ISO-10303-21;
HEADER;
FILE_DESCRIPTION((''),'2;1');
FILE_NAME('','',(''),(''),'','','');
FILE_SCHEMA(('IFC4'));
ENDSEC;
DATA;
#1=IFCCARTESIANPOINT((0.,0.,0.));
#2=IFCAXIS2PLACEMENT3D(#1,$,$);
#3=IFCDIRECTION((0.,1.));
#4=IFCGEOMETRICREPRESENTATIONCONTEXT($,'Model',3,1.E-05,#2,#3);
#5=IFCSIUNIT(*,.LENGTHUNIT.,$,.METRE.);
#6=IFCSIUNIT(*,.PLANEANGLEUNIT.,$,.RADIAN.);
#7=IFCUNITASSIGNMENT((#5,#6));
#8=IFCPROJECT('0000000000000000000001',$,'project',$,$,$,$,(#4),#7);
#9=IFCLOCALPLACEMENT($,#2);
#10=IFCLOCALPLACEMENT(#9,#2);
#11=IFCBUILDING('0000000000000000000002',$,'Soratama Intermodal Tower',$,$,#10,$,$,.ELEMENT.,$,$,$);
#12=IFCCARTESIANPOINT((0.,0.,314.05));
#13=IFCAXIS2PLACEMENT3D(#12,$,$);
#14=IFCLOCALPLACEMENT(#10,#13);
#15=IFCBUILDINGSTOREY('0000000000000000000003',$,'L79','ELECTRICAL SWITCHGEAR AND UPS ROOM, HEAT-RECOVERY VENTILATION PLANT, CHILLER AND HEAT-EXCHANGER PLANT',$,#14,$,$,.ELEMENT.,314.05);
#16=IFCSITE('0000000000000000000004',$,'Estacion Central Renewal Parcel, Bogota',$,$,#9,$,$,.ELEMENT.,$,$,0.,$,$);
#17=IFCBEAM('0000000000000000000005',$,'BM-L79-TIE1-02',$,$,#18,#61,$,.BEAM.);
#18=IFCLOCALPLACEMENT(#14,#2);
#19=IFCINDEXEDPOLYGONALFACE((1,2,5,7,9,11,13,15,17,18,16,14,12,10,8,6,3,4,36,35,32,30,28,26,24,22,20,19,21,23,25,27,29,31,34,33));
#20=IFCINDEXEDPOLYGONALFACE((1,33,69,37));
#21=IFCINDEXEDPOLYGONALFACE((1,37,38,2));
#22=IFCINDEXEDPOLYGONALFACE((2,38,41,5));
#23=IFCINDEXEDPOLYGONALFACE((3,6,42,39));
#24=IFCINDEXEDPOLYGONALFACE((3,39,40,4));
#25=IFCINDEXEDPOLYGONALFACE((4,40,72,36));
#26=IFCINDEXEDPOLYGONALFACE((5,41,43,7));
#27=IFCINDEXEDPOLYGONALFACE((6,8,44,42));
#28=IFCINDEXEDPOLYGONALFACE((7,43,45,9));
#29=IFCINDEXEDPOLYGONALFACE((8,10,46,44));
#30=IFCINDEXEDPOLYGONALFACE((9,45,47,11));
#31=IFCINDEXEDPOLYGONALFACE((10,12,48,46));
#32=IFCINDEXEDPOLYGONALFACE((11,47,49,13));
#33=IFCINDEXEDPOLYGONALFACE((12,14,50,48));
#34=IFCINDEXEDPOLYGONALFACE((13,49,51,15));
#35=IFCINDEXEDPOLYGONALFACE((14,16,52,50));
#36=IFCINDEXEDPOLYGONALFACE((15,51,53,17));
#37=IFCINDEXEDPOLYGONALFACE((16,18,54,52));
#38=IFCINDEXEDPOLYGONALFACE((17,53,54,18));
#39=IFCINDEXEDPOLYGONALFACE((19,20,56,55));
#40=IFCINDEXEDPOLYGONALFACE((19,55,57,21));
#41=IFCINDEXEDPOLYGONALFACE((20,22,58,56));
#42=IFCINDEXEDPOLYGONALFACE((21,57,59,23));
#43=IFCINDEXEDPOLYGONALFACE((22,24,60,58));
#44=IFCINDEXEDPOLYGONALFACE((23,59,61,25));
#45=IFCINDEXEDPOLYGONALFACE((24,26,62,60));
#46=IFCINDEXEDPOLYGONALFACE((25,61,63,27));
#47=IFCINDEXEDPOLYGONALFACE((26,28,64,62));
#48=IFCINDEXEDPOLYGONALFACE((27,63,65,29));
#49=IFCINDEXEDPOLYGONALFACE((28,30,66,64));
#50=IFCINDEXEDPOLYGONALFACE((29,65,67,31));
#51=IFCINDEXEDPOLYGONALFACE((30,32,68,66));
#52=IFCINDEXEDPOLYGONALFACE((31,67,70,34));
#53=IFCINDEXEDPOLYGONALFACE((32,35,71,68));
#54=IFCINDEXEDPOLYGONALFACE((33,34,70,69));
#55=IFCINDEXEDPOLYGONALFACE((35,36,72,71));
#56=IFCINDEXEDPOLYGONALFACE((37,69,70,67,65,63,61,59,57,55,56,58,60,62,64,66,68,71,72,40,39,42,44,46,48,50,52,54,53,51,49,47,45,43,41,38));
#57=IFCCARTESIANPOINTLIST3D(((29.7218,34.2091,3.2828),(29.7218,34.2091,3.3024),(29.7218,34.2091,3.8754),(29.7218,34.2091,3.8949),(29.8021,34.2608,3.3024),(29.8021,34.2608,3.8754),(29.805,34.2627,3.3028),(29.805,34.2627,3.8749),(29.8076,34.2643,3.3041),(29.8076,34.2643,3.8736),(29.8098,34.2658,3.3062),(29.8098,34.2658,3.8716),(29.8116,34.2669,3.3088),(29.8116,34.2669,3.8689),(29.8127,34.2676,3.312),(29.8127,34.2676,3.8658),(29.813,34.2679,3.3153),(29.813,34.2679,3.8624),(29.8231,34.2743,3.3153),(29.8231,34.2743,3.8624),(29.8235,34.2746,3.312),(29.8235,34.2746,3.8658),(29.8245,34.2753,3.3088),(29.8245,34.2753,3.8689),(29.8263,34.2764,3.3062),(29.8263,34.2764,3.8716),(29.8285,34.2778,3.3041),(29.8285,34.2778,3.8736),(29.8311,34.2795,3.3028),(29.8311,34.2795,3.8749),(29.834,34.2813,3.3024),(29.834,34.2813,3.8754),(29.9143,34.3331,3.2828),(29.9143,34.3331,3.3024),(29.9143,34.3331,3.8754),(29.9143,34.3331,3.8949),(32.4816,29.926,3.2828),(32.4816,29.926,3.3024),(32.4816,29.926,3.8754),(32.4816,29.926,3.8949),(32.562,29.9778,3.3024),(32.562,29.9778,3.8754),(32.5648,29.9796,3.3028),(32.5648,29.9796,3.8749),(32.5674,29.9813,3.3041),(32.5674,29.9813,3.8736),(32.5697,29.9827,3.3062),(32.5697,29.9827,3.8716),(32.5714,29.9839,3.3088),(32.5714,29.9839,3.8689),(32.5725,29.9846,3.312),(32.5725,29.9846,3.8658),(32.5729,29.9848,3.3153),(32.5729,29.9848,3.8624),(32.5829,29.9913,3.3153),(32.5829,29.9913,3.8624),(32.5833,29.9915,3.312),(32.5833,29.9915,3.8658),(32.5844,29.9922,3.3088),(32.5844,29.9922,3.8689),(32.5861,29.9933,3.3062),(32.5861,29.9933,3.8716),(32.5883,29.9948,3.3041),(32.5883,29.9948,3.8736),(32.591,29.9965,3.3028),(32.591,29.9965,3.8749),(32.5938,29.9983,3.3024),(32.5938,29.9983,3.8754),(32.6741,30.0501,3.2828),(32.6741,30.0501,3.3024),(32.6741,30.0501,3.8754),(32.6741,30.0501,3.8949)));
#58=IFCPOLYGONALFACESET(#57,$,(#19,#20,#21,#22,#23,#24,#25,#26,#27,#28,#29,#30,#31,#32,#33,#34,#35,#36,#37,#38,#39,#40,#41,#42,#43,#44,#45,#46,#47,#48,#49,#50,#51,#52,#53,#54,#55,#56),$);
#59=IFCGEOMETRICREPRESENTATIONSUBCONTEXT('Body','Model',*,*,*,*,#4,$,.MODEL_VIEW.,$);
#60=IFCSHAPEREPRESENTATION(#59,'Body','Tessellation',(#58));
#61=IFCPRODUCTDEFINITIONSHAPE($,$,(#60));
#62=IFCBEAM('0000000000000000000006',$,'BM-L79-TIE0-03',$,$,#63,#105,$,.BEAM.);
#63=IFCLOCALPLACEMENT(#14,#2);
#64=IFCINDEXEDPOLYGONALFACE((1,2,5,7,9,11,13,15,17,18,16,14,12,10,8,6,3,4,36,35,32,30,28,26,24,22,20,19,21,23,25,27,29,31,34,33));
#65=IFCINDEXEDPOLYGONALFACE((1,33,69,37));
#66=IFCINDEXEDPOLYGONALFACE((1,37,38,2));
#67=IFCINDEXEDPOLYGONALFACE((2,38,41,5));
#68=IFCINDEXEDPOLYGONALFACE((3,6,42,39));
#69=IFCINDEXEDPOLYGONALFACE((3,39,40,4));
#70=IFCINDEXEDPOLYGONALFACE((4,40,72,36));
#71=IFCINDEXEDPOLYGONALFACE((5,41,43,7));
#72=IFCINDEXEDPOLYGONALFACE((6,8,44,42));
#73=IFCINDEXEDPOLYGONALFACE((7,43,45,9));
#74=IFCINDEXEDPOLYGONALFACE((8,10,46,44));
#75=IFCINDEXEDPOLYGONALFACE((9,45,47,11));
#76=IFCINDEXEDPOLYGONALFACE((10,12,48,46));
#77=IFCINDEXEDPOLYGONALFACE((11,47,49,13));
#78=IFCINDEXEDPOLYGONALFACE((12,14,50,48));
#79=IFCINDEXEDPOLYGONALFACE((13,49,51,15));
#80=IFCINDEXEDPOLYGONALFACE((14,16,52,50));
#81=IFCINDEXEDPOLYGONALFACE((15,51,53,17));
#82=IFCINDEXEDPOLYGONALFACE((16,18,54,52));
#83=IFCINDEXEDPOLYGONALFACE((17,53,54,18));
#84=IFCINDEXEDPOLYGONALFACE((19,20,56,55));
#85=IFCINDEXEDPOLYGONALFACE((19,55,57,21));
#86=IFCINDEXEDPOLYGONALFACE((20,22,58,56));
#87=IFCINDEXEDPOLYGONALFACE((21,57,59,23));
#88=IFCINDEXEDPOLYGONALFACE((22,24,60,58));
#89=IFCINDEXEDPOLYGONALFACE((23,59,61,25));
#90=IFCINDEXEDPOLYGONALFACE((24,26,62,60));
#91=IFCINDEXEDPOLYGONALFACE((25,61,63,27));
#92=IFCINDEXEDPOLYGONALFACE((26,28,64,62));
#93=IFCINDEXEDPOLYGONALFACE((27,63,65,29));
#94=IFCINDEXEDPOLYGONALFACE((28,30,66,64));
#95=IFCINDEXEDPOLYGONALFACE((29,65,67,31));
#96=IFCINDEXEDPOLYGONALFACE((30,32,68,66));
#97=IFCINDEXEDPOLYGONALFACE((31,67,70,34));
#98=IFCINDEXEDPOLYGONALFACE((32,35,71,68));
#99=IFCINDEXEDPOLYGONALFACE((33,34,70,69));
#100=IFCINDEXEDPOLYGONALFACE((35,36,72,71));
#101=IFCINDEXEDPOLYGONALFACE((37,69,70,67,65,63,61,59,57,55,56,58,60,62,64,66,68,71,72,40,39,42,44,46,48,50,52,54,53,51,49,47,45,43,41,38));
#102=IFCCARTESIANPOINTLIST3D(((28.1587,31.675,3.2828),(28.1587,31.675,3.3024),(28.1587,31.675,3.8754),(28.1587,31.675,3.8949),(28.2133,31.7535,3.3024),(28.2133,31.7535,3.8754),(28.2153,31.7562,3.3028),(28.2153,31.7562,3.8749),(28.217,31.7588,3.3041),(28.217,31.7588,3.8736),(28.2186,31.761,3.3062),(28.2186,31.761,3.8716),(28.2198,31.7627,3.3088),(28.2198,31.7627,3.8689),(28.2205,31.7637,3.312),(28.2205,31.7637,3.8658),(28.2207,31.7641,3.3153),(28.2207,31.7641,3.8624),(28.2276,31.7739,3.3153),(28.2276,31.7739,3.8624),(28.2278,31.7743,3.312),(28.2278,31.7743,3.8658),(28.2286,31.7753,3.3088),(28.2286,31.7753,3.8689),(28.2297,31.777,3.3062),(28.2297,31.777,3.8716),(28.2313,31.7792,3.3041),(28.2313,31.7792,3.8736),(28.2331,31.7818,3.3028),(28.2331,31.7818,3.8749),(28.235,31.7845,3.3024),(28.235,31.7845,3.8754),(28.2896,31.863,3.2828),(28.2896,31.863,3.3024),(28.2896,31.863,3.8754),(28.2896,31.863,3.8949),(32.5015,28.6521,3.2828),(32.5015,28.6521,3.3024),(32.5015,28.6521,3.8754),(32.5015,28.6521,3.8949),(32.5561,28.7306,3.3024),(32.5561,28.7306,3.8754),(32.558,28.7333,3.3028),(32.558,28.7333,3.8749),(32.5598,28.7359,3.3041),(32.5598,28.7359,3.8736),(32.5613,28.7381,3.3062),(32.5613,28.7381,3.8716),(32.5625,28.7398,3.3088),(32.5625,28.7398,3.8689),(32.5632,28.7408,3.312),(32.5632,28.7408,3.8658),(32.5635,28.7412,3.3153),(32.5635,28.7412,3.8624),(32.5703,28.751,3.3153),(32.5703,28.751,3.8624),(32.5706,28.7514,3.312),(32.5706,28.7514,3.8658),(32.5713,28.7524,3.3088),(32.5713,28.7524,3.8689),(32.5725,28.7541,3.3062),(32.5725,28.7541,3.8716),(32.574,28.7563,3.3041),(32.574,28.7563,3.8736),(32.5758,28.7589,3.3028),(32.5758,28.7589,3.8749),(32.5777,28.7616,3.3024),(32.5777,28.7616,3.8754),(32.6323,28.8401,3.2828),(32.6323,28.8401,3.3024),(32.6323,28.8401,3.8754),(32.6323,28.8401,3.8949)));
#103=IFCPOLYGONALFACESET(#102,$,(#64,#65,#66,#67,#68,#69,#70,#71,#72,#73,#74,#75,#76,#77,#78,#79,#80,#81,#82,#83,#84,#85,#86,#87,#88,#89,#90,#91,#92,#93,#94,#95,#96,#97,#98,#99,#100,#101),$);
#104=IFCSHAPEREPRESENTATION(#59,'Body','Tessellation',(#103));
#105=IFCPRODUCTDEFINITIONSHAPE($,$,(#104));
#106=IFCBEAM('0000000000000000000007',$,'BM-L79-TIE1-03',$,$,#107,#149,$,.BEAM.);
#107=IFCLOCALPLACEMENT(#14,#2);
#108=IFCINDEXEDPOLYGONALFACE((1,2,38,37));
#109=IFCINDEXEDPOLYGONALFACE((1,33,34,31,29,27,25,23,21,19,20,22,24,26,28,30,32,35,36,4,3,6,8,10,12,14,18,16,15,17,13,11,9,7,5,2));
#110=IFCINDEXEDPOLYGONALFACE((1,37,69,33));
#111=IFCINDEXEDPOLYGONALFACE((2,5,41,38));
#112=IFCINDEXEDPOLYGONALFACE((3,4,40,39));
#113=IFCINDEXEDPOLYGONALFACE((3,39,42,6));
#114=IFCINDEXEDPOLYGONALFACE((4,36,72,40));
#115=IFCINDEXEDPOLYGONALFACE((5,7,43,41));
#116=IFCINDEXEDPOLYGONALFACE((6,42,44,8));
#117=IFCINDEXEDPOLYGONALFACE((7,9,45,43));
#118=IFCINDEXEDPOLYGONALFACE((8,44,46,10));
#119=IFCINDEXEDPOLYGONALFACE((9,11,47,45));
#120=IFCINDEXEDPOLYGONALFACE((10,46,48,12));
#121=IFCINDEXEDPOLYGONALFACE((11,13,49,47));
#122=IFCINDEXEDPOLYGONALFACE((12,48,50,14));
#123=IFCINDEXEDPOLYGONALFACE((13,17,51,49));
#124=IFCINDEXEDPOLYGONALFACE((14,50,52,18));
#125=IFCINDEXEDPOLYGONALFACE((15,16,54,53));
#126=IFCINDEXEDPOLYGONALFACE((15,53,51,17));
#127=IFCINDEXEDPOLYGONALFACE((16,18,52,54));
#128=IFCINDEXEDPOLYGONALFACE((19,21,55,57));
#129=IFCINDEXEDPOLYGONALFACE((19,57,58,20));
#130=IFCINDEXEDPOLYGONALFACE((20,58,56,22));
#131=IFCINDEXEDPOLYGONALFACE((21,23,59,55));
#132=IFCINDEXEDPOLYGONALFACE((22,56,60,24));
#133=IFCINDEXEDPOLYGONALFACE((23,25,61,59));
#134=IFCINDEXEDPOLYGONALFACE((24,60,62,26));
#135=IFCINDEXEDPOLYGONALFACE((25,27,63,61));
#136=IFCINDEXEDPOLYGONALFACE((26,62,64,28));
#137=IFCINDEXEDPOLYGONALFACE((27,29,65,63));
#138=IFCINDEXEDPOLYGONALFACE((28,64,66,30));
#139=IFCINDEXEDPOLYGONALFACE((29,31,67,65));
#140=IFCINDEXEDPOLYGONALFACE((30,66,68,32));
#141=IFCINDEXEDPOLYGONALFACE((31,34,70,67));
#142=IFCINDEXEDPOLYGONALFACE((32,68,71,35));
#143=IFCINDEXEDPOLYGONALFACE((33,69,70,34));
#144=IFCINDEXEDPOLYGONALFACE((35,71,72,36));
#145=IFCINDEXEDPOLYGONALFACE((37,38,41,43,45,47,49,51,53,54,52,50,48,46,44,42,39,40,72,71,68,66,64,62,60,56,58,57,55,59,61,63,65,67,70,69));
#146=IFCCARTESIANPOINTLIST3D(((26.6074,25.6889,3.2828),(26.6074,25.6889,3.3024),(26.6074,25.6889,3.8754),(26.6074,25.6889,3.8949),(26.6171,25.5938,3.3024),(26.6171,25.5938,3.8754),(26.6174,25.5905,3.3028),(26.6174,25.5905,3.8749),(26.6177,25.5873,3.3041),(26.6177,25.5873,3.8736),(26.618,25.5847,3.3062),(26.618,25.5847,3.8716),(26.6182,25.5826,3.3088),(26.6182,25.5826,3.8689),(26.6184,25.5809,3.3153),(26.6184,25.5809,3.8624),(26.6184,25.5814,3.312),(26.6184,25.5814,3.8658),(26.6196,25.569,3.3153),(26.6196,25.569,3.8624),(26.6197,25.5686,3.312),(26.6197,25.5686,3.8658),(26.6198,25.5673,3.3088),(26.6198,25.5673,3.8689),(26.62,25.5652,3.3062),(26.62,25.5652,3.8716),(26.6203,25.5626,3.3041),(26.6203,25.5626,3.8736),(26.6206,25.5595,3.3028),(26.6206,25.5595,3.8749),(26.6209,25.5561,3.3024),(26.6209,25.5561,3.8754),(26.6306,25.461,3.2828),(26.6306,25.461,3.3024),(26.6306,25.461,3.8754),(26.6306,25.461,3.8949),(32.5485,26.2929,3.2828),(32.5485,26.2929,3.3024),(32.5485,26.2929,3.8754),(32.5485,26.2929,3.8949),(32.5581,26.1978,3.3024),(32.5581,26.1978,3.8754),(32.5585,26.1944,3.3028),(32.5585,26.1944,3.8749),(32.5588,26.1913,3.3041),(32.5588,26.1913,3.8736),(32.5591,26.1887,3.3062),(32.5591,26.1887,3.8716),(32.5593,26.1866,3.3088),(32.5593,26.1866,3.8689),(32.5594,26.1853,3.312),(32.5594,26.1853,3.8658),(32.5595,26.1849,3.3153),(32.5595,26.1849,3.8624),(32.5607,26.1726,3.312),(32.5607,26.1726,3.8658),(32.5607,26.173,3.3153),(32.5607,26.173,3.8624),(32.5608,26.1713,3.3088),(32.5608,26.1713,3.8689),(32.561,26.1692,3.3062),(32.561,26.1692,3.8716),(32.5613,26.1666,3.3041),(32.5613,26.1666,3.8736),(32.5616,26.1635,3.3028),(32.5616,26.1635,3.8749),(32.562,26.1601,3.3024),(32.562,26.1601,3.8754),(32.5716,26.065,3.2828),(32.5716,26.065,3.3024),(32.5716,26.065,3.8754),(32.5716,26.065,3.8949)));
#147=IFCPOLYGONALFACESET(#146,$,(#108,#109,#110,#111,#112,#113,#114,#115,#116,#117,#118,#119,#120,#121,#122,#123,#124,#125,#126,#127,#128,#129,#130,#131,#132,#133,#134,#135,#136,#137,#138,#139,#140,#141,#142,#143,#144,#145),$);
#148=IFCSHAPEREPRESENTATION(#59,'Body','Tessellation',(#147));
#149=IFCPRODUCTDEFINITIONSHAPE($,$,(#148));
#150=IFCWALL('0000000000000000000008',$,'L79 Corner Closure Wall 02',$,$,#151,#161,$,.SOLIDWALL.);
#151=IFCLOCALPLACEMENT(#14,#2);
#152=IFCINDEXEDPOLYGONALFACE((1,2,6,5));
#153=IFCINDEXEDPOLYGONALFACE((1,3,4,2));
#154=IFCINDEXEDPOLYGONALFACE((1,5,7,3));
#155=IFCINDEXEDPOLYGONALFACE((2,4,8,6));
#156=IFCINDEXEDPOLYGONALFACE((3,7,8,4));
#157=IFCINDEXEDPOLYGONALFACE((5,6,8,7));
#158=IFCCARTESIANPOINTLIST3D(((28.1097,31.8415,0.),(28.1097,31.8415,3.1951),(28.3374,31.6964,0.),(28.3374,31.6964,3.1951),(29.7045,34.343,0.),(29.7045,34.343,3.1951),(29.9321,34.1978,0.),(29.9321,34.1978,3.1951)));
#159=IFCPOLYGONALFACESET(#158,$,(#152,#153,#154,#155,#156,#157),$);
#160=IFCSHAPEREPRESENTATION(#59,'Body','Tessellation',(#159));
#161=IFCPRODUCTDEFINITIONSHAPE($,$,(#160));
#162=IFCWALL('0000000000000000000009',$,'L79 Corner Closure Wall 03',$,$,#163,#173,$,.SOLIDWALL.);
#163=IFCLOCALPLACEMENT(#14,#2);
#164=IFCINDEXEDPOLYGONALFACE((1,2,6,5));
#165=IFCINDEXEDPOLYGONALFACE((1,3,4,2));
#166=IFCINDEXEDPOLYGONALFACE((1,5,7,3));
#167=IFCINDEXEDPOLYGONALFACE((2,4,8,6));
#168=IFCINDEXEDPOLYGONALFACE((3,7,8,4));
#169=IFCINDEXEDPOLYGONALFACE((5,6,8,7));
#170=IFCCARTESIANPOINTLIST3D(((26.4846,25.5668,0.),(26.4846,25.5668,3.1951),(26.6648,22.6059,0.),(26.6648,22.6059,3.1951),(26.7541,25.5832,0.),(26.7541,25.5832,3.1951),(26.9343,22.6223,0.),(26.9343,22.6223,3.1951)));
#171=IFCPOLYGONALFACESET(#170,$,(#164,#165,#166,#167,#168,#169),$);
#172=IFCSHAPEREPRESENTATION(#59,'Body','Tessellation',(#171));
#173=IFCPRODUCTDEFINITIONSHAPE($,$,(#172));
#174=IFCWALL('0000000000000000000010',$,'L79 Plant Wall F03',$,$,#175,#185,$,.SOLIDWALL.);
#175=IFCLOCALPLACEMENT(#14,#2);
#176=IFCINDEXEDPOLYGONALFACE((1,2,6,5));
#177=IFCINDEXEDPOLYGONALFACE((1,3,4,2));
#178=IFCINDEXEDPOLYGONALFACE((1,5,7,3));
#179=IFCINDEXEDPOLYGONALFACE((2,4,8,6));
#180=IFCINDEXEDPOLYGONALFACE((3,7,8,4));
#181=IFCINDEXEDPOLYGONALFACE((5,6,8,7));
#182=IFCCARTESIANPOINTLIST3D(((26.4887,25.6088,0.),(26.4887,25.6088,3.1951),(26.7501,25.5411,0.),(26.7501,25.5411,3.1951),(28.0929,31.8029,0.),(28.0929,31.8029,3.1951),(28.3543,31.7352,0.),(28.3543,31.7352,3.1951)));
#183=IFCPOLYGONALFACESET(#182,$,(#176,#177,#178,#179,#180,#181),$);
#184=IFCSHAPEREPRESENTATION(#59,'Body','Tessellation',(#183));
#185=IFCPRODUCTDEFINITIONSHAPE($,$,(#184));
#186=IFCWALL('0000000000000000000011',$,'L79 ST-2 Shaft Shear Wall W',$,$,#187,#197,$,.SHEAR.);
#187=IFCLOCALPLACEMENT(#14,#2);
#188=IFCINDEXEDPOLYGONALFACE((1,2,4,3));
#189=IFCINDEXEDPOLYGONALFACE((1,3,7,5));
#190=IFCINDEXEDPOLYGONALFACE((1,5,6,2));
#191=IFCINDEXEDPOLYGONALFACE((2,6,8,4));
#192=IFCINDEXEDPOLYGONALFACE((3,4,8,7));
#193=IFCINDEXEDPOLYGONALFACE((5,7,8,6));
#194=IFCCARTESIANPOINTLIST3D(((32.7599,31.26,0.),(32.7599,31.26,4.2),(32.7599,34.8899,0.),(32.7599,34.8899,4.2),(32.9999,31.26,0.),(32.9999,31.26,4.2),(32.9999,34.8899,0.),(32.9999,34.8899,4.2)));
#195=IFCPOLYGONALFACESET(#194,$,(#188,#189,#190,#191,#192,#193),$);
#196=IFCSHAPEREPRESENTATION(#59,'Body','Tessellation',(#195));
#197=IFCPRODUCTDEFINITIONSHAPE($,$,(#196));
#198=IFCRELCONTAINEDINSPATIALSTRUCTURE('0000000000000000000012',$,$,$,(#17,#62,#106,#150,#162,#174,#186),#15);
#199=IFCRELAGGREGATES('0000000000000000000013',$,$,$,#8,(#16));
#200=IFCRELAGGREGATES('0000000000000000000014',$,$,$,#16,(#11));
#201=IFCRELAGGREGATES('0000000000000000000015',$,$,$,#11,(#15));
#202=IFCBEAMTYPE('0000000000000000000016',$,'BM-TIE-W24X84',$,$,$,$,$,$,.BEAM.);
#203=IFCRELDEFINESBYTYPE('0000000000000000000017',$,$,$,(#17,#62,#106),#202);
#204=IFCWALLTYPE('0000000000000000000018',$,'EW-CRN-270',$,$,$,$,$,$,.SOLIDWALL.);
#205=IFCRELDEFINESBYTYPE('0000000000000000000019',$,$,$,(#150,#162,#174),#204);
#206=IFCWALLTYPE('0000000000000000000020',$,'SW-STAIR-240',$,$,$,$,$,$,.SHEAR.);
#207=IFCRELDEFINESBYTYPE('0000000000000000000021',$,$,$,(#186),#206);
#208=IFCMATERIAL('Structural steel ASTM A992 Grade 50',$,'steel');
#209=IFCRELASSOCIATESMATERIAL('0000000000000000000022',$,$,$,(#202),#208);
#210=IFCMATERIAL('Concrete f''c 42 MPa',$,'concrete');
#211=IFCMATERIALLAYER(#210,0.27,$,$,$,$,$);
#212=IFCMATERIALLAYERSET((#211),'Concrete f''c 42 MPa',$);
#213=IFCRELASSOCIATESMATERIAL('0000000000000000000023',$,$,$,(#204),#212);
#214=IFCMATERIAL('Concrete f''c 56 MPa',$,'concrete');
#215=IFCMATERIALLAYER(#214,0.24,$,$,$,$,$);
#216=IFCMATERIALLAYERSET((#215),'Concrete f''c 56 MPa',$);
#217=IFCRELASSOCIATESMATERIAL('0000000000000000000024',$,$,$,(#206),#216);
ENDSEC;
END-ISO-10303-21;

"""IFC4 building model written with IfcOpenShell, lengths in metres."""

from ifc_helpers import new_model, si_unit, direction, frame, frame_2d, origin, origin_2d, place, context, subcontext, project, spatial, rectangle, i_section, extrude, material, layer, layer_set, material_profile, profile_set, type_object, element, save


model = new_model("IFC4")

# Units and contexts
model_context = context("Model", 3, precision=1e-05, world=origin(), true_north=direction((0.0, 1.0)))
body_context = subcontext(model_context, "Body", "Model", "MODEL_VIEW")
ifc_project = project(units=[si_unit("LENGTHUNIT", "METRE"), si_unit("PLANEANGLEUNIT", "RADIAN")], contexts=[model_context])

# Site, building, storey
site_placement = place(None, origin())
site = spatial("IfcSite", under=ifc_project, at=site_placement, Name="Estacion Central Renewal Parcel, Bogota", CompositionType="ELEMENT", RefElevation=0.0)
building_placement = place(site_placement, origin())
building = spatial("IfcBuilding", under=site, at=building_placement, Name="Soratama Intermodal Tower", CompositionType="ELEMENT")
storey_placement = place(building_placement, frame((0.0, 0.0, 314.05)))
storey = spatial("IfcBuildingStorey", under=building, at=storey_placement, Name="L79", Description="ELECTRICAL SWITCHGEAR AND UPS ROOM, HEAT-RECOVERY VENTILATION PLANT, CHILLER AND HEAT-EXCHANGER PLANT", CompositionType="ELEMENT", Elevation=314.05)

# Beams
ifc_material_1 = material(Name="Structural steel ASTM A992 Grade 50", Category="steel")
ifc_material_profile_1 = material_profile(ifc_material_1, i_section(OverallWidth=0.229, OverallDepth=0.6121, WebThickness=0.012, FlangeThickness=0.0195, FilletRadius=0.0129, at=origin_2d()), Name="W24X84")
ifc_profile_set_1 = profile_set([ifc_material_profile_1], Name="Structural steel ASTM A992 Grade 50")
beam_type_1 = type_object("IfcBeamType", Name="BM-TIE-W24X84", PredefinedType="BEAM", material=ifc_profile_set_1)
beam_1_placement = place(storey_placement, frame((32.5779, 29.988, 3.5889), z_axis=(-0.541651, 0.840604, 0.0), x_axis=(-0.840604, -0.541651, 0.0)))
element("IfcBeam", 1, at=beam_1_placement, inside=storey, type_object=beam_type_1, Name="BM-L79-TIE1-02", PredefinedType="BEAM", context=body_context, shape_type="SweptSolid", body=[
    extrude(i_section(OverallWidth=0.229, OverallDepth=0.6121, WebThickness=0.012, FlangeThickness=0.0195, FilletRadius=0.0129, at=origin_2d()), origin(), (0.0, 0.0, 1.0), 5.0952),
])
beam_2_placement = place(storey_placement, frame((32.5669, 28.7461, 3.5889), z_axis=(-0.820738, 0.571305, 0.0), x_axis=(-0.571305, -0.820738, 0.0)))
element("IfcBeam", 2, at=beam_2_placement, inside=storey, type_object=beam_type_1, Name="BM-L79-TIE0-03", PredefinedType="BEAM", context=body_context, shape_type="SweptSolid", body=[
    extrude(i_section(OverallWidth=0.229, OverallDepth=0.6121, WebThickness=0.012, FlangeThickness=0.0195, FilletRadius=0.0129, at=origin_2d()), origin(), (0.0, 0.0, 1.0), 5.2913),
])
beam_3_placement = place(storey_placement, frame((32.5601, 26.179, 3.5889), z_axis=(-0.994872, -0.101143, 0.0), x_axis=(0.101143, -0.994872, 0.0)))
element("IfcBeam", 3, at=beam_3_placement, inside=storey, type_object=beam_type_1, Name="BM-L79-TIE1-03", PredefinedType="BEAM", context=body_context, shape_type="SweptSolid", body=[
    extrude(i_section(OverallWidth=0.229, OverallDepth=0.6121, WebThickness=0.012, FlangeThickness=0.0195, FilletRadius=0.0129, at=origin_2d()), origin(), (0.0, 0.0, 1.0), 5.9717),
])

# Walls
ifc_material_2 = material(Name="Concrete f'c 42 MPa", Category="concrete")
ifc_layer_1 = layer(ifc_material_2, 0.27)
ifc_layer_set_1 = layer_set([ifc_layer_1], Name="Concrete f'c 42 MPa")
wall_type_1 = type_object("IfcWallType", Name="EW-CRN-270", PredefinedType="SOLIDWALL", material=ifc_layer_set_1)
wall_1_placement = place(storey_placement, frame((29.8184, 34.2705, 0.0), z_axis=(0.0, 0.0, 1.0), x_axis=(-0.537568, -0.843221, 0.0)))
element("IfcWall", 4, at=wall_1_placement, inside=storey, type_object=wall_type_1, Name="L79 Corner Closure Wall 02", PredefinedType="SOLIDWALL", context=body_context, shape_type="SweptSolid", body=[
    extrude(rectangle(XDim=2.9666, YDim=0.27, at=frame_2d((1.4834, 0.0))), origin(), (0.0, 0.0, 1.0), 3.1951),
])
wall_2_placement = place(storey_placement, frame((26.6194, 25.575, 0.0), z_axis=(0.0, 0.0, 1.0), x_axis=(0.060739, -0.998154, 0.0)))
element("IfcWall", 5, at=wall_2_placement, inside=storey, type_object=wall_type_1, Name="L79 Corner Closure Wall 03", PredefinedType="SOLIDWALL", context=body_context, shape_type="SweptSolid", body=[
    extrude(rectangle(XDim=2.9663, YDim=0.27, at=frame_2d((1.4832, 0.0))), origin(), (0.0, 0.0, 1.0), 3.1951),
])
wall_3_placement = place(storey_placement, frame((28.2236, 31.769, 0.0), z_axis=(0.0, 0.0, 1.0), x_axis=(-0.250724, -0.968059, 0.0)))
element("IfcWall", 6, at=wall_3_placement, inside=storey, type_object=wall_type_1, Name="L79 Plant Wall F03", PredefinedType="SOLIDWALL", context=body_context, shape_type="SweptSolid", body=[
    extrude(rectangle(XDim=6.3984, YDim=0.27, at=frame_2d((3.1992, 0.0))), origin(), (0.0, 0.0, 1.0), 3.1951),
])
ifc_material_3 = material(Name="Concrete f'c 56 MPa", Category="concrete")
ifc_layer_2 = layer(ifc_material_3, 0.24)
ifc_layer_set_2 = layer_set([ifc_layer_2], Name="Concrete f'c 56 MPa")
wall_type_2 = type_object("IfcWallType", Name="SW-STAIR-240", PredefinedType="SHEAR", material=ifc_layer_set_2)
wall_4_placement = place(storey_placement, frame((32.8799, 31.26, 0.0), z_axis=(0.0, 0.0, 1.0), x_axis=(0.0, 1.0, 0.0)))
element("IfcWall", 7, at=wall_4_placement, inside=storey, type_object=wall_type_2, Name="L79 ST-2 Shaft Shear Wall W", PredefinedType="SHEAR", context=body_context, shape_type="SweptSolid", body=[
    extrude(rectangle(XDim=3.6299, YDim=0.24, at=frame_2d((1.8149, 0.0))), origin(), (0.0, 0.0, 1.0), 4.2),
])

save(model, "model.ifc")
